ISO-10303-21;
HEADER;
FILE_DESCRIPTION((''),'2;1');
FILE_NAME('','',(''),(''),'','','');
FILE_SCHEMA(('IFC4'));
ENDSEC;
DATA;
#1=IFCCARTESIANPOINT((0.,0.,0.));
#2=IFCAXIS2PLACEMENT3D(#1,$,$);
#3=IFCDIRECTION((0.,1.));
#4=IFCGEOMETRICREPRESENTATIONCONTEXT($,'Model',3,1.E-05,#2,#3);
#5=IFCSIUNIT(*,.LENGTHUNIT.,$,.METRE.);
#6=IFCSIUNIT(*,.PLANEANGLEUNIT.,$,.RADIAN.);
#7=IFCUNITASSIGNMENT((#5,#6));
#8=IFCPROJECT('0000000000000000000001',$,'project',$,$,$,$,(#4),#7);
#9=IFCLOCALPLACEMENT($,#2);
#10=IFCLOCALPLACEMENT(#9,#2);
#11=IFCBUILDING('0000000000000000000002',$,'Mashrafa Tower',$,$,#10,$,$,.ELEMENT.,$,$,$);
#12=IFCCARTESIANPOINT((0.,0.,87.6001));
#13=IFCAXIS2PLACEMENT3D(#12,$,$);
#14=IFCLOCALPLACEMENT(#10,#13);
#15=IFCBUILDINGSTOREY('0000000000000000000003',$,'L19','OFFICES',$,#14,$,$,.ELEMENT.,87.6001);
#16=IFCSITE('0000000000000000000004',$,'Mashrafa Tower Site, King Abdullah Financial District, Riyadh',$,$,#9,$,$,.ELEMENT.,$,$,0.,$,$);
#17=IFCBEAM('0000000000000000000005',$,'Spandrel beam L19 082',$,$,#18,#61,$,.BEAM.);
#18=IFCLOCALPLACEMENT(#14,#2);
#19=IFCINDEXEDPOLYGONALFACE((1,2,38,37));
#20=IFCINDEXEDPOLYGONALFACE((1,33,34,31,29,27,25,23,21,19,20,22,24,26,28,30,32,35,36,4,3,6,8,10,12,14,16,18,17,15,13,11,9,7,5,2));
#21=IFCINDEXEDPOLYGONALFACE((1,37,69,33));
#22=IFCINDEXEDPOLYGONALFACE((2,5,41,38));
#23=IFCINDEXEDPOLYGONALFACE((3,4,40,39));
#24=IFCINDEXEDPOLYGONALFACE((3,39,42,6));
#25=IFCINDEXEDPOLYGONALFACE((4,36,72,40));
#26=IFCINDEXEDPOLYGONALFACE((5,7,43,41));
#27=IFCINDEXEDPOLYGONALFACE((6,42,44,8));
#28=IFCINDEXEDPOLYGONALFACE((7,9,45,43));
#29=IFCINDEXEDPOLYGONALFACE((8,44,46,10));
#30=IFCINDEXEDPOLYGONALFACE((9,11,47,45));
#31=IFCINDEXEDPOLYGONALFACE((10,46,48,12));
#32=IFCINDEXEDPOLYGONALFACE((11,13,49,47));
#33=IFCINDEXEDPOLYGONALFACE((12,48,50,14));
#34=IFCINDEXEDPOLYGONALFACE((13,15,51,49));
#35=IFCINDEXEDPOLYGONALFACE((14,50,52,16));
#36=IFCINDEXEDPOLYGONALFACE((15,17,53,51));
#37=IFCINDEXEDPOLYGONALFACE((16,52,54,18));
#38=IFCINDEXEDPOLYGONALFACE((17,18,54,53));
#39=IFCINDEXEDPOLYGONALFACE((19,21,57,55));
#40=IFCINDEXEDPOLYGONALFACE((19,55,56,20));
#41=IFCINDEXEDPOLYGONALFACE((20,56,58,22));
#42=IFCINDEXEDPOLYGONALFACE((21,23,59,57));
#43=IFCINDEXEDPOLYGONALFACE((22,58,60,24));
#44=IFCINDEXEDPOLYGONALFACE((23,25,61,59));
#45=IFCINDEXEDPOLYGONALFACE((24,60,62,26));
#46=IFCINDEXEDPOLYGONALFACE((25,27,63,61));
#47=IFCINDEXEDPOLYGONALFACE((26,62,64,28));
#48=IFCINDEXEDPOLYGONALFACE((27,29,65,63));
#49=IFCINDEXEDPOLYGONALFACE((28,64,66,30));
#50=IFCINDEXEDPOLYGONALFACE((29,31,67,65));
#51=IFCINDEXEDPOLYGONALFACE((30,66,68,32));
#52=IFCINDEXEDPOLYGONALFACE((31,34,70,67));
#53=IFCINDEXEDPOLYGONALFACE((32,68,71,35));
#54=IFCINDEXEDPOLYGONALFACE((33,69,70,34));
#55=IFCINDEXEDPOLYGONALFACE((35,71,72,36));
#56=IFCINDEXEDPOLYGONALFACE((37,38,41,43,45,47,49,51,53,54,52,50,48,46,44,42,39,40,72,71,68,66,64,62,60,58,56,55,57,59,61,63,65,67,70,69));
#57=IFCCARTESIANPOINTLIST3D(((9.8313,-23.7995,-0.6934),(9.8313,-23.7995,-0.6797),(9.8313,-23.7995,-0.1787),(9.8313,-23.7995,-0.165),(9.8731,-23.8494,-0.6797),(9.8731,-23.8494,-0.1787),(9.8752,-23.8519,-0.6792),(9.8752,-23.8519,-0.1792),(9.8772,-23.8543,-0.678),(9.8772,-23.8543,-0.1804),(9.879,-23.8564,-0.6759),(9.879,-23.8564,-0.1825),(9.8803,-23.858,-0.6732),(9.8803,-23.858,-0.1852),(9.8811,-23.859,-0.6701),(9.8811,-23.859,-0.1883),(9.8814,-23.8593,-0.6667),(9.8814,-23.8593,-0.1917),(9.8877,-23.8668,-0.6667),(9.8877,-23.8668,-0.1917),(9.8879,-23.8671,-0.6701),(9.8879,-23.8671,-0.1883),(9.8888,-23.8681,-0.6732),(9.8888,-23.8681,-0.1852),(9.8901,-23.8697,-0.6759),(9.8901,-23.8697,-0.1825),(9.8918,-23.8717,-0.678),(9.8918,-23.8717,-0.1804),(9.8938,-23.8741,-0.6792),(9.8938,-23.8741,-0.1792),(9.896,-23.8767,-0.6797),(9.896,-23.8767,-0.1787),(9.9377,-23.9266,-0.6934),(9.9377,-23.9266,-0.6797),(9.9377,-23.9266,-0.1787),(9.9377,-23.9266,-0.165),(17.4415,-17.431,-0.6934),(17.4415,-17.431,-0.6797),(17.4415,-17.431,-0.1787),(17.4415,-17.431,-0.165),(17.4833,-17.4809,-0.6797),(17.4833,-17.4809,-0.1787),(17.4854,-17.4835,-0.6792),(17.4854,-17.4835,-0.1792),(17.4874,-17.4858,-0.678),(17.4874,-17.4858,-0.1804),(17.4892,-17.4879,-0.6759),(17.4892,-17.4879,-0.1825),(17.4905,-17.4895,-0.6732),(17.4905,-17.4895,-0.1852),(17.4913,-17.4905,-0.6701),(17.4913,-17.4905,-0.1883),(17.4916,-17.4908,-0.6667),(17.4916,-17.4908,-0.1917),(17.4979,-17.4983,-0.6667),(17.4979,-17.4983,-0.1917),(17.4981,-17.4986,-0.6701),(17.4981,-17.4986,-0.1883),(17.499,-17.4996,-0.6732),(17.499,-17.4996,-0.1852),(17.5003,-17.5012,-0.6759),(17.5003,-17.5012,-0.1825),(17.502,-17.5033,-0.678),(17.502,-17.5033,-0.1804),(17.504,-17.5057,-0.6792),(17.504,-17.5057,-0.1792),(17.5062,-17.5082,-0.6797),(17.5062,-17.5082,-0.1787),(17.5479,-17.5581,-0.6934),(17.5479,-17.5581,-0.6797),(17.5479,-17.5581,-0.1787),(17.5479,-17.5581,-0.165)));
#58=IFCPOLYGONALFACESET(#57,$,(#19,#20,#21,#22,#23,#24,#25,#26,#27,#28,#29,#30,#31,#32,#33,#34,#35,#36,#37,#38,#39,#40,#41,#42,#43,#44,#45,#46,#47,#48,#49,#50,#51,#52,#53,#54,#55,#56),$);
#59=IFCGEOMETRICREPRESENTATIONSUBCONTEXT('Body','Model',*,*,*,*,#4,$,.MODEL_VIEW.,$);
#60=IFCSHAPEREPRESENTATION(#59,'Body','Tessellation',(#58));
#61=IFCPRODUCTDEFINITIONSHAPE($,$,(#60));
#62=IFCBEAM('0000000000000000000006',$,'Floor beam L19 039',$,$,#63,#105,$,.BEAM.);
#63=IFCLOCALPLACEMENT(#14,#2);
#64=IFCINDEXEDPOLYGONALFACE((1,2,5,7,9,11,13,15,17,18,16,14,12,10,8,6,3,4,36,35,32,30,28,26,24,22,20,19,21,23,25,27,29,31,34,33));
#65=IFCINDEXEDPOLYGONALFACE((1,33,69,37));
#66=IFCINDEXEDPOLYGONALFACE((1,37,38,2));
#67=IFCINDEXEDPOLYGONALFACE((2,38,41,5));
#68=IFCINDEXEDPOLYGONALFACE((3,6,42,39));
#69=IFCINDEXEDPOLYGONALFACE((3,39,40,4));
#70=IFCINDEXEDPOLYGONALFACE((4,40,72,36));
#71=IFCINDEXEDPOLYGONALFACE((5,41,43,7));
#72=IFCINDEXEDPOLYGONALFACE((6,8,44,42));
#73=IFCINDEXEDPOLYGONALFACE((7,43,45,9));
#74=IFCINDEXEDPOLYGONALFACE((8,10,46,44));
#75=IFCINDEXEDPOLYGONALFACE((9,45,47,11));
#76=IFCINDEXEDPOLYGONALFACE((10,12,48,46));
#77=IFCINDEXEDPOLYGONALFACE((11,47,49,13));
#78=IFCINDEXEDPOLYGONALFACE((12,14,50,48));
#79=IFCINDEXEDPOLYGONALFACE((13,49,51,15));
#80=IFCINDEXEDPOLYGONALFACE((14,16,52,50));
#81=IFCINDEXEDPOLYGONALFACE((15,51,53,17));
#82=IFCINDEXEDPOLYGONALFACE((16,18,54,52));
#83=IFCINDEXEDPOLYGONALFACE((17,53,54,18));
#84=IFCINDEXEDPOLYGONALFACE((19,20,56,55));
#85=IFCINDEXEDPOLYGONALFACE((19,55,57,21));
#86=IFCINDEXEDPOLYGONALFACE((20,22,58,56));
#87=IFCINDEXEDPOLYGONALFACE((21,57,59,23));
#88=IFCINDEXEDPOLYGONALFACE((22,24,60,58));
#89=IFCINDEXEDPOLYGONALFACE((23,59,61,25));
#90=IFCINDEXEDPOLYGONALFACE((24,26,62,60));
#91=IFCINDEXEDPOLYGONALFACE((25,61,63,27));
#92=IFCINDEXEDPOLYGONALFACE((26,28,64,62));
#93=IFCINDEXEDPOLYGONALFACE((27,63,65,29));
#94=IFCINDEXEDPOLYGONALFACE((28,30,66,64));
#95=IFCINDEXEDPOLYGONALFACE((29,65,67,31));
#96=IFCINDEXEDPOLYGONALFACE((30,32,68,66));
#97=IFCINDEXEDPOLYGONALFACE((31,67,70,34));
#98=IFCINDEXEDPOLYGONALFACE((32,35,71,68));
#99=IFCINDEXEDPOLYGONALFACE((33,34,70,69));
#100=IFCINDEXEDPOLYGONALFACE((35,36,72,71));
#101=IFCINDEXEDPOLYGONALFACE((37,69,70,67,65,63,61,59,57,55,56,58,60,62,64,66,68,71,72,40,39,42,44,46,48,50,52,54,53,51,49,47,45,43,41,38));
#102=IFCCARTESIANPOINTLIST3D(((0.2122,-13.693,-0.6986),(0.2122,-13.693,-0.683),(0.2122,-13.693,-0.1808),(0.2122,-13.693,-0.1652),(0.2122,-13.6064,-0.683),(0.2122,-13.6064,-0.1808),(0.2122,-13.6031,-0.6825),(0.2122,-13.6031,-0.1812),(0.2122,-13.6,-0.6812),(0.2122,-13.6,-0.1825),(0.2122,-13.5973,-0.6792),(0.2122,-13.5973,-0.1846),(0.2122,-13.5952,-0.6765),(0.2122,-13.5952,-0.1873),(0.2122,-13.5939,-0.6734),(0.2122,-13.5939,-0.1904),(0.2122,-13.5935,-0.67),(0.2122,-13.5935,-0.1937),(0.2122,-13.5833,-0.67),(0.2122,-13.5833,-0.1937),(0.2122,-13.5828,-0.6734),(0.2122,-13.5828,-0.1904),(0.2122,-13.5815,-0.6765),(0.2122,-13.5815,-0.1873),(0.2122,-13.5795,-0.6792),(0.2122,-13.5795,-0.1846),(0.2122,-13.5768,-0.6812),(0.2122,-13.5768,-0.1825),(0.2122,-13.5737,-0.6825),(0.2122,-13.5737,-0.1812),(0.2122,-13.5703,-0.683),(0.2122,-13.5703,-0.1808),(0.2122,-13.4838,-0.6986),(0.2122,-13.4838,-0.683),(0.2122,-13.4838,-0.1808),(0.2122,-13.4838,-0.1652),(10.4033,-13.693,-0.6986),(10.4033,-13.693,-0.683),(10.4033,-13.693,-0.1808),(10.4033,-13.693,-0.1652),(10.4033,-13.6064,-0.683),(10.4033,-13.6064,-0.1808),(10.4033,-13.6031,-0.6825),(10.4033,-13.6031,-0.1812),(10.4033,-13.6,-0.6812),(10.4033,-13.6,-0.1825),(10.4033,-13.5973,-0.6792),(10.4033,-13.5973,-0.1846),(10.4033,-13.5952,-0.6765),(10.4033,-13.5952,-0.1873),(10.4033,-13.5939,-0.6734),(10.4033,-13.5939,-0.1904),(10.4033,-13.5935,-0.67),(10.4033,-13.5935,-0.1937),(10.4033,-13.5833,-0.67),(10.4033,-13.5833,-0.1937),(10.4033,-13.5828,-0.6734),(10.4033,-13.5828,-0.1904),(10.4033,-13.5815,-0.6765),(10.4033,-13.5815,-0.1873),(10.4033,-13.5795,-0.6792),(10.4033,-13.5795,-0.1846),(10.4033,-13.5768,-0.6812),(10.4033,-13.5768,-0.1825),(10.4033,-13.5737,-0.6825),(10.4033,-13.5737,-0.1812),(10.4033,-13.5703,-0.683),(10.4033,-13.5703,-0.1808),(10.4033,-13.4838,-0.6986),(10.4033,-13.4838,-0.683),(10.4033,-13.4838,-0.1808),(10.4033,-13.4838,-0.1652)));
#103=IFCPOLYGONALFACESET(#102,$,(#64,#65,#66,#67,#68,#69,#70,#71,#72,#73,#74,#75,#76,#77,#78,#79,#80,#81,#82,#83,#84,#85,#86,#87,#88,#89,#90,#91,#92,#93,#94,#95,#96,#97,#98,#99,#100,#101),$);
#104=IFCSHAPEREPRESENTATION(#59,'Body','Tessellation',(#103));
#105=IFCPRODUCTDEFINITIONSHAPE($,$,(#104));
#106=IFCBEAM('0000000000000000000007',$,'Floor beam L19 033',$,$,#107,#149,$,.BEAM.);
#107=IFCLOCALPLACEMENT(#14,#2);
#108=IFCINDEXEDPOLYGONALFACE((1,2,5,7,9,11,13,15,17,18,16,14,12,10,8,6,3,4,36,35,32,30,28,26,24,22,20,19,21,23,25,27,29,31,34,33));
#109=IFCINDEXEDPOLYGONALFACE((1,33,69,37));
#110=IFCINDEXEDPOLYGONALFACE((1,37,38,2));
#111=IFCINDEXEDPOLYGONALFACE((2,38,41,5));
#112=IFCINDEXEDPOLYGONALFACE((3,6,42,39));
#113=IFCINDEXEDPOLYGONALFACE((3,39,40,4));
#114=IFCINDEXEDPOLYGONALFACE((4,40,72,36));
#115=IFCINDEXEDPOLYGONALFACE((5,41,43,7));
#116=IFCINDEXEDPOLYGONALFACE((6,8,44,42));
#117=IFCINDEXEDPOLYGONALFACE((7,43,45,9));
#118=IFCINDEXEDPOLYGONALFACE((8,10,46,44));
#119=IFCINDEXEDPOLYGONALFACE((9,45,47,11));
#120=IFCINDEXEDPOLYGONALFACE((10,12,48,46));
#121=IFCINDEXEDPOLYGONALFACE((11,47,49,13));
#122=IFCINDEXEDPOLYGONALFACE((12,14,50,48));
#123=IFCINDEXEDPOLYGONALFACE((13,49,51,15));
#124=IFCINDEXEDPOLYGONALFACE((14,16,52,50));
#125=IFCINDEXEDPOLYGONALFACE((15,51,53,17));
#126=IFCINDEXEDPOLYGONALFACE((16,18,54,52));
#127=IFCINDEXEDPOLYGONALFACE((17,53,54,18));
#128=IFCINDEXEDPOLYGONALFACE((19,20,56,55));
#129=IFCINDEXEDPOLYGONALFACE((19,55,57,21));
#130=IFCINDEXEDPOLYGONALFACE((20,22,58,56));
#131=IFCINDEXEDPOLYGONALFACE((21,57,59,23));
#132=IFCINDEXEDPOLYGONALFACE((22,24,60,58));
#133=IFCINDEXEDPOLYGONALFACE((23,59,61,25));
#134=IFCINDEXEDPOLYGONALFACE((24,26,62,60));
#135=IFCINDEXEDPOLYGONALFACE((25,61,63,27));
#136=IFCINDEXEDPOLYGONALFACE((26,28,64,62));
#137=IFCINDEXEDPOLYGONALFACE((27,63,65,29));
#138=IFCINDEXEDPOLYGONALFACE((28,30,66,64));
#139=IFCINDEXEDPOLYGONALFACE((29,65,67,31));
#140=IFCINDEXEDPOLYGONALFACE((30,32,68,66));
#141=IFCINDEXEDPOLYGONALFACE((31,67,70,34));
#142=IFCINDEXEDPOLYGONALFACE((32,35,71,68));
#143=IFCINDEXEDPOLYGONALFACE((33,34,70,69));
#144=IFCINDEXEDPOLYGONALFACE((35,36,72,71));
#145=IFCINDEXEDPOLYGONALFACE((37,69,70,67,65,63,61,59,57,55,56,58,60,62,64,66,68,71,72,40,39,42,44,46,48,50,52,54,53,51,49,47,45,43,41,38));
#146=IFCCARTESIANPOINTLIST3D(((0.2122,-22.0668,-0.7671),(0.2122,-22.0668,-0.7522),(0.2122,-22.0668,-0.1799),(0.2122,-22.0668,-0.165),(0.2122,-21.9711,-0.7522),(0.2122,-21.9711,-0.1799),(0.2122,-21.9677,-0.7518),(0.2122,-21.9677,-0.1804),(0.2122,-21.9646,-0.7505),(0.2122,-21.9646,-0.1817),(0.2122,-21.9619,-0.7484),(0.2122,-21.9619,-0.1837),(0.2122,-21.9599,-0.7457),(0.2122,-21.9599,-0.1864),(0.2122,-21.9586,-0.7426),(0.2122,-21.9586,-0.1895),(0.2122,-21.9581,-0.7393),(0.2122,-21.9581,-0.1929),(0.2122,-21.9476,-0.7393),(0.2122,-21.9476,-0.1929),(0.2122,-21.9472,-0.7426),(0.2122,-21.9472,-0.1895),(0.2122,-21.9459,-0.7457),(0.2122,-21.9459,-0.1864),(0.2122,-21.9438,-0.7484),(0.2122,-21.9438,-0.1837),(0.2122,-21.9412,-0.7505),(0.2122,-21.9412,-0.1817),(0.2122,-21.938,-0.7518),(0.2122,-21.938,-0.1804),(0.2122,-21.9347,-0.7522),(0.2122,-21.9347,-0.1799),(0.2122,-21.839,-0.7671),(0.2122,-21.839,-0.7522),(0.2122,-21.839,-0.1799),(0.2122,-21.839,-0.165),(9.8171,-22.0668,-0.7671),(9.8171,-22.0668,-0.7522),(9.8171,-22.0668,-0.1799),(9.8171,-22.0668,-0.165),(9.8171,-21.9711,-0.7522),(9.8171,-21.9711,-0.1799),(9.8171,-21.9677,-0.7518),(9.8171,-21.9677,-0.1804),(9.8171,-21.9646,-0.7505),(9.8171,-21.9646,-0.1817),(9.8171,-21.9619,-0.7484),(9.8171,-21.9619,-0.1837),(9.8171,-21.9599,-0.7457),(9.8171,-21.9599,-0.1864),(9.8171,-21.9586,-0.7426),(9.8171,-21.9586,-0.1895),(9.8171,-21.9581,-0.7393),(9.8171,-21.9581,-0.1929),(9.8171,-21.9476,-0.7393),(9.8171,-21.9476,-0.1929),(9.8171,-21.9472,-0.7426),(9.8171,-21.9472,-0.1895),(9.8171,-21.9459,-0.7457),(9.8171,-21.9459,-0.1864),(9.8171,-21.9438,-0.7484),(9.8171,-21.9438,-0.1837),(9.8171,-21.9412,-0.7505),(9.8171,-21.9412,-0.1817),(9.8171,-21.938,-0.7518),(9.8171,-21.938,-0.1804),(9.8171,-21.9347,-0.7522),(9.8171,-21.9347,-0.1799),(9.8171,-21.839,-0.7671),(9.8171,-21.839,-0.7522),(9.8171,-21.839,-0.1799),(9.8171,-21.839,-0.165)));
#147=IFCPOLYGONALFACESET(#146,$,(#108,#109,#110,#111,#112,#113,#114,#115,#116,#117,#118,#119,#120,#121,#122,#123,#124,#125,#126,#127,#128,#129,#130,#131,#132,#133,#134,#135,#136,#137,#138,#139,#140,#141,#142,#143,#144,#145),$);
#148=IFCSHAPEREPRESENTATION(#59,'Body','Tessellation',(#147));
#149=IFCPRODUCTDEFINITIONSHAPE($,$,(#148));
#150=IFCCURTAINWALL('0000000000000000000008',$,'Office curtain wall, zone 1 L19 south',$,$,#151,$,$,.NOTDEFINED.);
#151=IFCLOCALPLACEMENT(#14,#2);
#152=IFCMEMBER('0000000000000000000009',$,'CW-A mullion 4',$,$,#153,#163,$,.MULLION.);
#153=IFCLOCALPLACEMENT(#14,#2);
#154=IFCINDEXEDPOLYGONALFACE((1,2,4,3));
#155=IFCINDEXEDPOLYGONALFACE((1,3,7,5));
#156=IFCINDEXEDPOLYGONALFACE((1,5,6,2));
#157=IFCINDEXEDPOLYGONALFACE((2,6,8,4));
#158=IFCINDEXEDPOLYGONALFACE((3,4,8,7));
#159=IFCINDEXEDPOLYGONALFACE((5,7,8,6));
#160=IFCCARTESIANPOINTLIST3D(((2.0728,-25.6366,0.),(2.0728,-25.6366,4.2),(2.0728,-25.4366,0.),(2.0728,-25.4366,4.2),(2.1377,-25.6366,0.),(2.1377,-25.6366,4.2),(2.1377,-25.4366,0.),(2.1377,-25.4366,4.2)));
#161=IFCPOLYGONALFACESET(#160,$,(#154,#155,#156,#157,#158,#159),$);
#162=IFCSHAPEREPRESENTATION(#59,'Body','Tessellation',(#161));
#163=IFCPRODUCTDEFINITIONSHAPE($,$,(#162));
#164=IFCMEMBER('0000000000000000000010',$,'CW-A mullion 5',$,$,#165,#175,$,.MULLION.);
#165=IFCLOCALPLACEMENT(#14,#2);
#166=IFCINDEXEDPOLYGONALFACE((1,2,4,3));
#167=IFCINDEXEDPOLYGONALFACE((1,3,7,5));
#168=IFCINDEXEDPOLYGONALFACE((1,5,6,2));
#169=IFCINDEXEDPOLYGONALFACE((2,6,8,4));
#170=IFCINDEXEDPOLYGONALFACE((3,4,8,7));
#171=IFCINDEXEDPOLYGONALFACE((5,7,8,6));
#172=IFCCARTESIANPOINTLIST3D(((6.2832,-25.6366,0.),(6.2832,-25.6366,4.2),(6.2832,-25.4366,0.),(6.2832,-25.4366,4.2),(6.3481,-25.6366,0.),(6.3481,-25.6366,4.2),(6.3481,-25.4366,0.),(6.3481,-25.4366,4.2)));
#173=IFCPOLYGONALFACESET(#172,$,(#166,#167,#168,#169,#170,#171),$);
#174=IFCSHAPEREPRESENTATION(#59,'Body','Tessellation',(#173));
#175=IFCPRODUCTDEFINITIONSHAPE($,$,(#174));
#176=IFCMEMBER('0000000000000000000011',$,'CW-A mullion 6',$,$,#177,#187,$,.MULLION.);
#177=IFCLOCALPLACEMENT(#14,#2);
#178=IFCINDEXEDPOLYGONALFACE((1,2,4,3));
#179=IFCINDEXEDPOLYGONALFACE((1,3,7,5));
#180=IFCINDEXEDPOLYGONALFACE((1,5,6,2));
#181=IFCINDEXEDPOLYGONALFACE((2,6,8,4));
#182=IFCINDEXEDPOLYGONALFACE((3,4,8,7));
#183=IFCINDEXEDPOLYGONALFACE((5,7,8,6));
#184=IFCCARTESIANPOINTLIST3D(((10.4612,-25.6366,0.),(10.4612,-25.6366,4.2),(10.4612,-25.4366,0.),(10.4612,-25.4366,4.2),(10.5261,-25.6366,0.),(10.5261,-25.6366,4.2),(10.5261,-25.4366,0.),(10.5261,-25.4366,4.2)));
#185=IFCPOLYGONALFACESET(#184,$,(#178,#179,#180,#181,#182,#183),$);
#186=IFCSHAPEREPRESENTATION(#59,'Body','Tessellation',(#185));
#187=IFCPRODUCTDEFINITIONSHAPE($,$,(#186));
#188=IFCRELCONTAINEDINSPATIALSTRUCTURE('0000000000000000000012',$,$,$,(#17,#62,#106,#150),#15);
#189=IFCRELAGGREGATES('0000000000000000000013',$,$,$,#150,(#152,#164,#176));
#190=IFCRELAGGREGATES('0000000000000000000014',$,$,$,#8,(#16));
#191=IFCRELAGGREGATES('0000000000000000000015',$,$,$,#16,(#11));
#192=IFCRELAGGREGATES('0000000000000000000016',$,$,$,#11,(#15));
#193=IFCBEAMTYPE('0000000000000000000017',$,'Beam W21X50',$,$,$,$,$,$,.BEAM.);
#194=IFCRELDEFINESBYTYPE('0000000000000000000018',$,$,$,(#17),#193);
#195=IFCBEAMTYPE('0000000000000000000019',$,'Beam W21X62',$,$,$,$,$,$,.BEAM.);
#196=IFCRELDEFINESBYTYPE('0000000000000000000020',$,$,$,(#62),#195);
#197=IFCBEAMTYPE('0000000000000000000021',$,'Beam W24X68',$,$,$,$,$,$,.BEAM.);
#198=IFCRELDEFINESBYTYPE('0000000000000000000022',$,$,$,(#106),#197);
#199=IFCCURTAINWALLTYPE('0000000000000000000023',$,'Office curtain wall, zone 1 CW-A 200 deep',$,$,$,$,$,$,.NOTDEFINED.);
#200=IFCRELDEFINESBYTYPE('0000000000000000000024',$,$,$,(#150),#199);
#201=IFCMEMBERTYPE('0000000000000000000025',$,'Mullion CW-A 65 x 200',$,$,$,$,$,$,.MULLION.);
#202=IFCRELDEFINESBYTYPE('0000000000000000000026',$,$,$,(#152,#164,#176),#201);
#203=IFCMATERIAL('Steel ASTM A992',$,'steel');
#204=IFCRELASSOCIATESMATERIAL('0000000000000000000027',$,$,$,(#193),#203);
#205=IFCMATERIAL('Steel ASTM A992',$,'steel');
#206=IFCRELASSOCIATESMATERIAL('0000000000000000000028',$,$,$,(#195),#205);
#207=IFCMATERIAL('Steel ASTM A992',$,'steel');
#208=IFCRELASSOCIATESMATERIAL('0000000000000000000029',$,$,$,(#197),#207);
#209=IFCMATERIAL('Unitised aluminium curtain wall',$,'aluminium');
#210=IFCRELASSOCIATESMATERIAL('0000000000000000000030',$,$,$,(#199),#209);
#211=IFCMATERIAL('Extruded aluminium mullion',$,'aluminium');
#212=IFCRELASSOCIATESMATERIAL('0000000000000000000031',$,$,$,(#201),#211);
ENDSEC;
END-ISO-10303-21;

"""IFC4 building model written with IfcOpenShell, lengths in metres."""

from ifc_helpers import new_model, si_unit, direction, frame, origin, origin_2d, place, context, subcontext, project, spatial, rectangle, i_section, extrude, source, transform, mapped, material, material_profile, profile_set, type_object, type_shapes, element, aggregate, save


model = new_model("IFC4")

# Units and contexts
model_context = context("Model", 3, precision=1e-05, world=origin(), true_north=direction((0.0, 1.0)))
body_context = subcontext(model_context, "Body", "Model", "MODEL_VIEW")
ifc_project = project(units=[si_unit("LENGTHUNIT", "METRE"), si_unit("PLANEANGLEUNIT", "RADIAN")], contexts=[model_context])

# Site, building, storey
site_placement = place(None, origin())
site = spatial("IfcSite", under=ifc_project, at=site_placement, Name="Mashrafa Tower Site, King Abdullah Financial District, Riyadh", CompositionType="ELEMENT", RefElevation=0.0)
building_placement = place(site_placement, origin())
building = spatial("IfcBuilding", under=site, at=building_placement, Name="Mashrafa Tower", CompositionType="ELEMENT")
storey_placement = place(building_placement, frame((0.0, 0.0, 87.6001)))
storey = spatial("IfcBuildingStorey", under=building, at=storey_placement, Name="L19", Description="OFFICES", CompositionType="ELEMENT", Elevation=87.6001)

# Beams
ifc_material_1 = material(Name="Steel ASTM A992", Category="steel")
ifc_material_profile_1 = material_profile(ifc_material_1, i_section(OverallWidth=0.1658, OverallDepth=0.5283, WebThickness=0.0098, FlangeThickness=0.0137, FilletRadius=0.0129, at=origin_2d()), Name="W21X50")
ifc_profile_set_1 = profile_set([ifc_material_profile_1], Name="Steel ASTM A992")
beam_type_1 = type_object("IfcBeamType", Name="Beam W21X50", PredefinedType="BEAM", material=ifc_profile_set_1)
for number, where, z_axis, x_axis, name in (
    (1, (9.8845, -23.863, -0.4292), (0.766899, 0.641768, 0.0), (-0.641768, 0.766899, 0.0), "Spandrel beam L19 082"),
):
    element("IfcBeam", number, at=place(storey_placement, frame(where, z_axis=z_axis, x_axis=x_axis)), inside=storey, type_object=beam_type_1, Name=name, PredefinedType="BEAM", context=body_context, shape_type="SweptSolid", body=[
        extrude(i_section(OverallWidth=0.1658, OverallDepth=0.5283, WebThickness=0.0098, FlangeThickness=0.0137, FilletRadius=0.0129, at=origin_2d()), origin(), (0.0, 0.0, 1.0), 9.9233),
    ])
ifc_material_2 = material(Name="Steel ASTM A992", Category="steel")
ifc_material_profile_2 = material_profile(ifc_material_2, i_section(OverallWidth=0.2092, OverallDepth=0.5334, WebThickness=0.0103, FlangeThickness=0.0156, FilletRadius=0.0129, at=origin_2d()), Name="W21X62")
ifc_profile_set_2 = profile_set([ifc_material_profile_2], Name="Steel ASTM A992")
beam_type_2 = type_object("IfcBeamType", Name="Beam W21X62", PredefinedType="BEAM", material=ifc_profile_set_2)
beam_1_placement = place(storey_placement, frame((10.4033, -13.5884, -0.4319), z_axis=(-1.0, 0.0, 0.0), x_axis=(0.0, -1.0, 0.0)))
element("IfcBeam", 2, at=beam_1_placement, inside=storey, type_object=beam_type_2, Name="Floor beam L19 039", PredefinedType="BEAM", context=body_context, shape_type="SweptSolid", body=[
    extrude(i_section(OverallWidth=0.2092, OverallDepth=0.5334, WebThickness=0.0103, FlangeThickness=0.0156, FilletRadius=0.0129, at=origin_2d()), origin(), (0.0, 0.0, 1.0), 10.1912),
])
ifc_material_3 = material(Name="Steel ASTM A992", Category="steel")
ifc_material_profile_3 = material_profile(ifc_material_3, i_section(OverallWidth=0.2278, OverallDepth=0.6021, WebThickness=0.0105, FlangeThickness=0.0149, FilletRadius=0.0129, at=origin_2d()), Name="W24X68")
ifc_profile_set_3 = profile_set([ifc_material_profile_3], Name="Steel ASTM A992")
beam_type_3 = type_object("IfcBeamType", Name="Beam W24X68", PredefinedType="BEAM", material=ifc_profile_set_3)
beam_2_placement = place(storey_placement, frame((9.8171, -21.9529, -0.4661), z_axis=(-1.0, 0.0, 0.0), x_axis=(0.0, -1.0, 0.0)))
element("IfcBeam", 3, at=beam_2_placement, inside=storey, type_object=beam_type_3, Name="Floor beam L19 033", PredefinedType="BEAM", context=body_context, shape_type="SweptSolid", body=[
    extrude(i_section(OverallWidth=0.2278, OverallDepth=0.6021, WebThickness=0.0105, FlangeThickness=0.0149, FilletRadius=0.0129, at=origin_2d()), origin(), (0.0, 0.0, 1.0), 9.605),
])

# Curtain wall, members
ifc_material_4 = material(Name="Unitised aluminium curtain wall", Category="aluminium")
curtain_wall_type = type_object("IfcCurtainWallType", Name="Office curtain wall, zone 1 CW-A 200 deep", PredefinedType="NOTDEFINED", material=ifc_material_4)
curtain_wall_1_placement = place(storey_placement, origin())
curtain_wall_1 = element("IfcCurtainWall", 4, at=curtain_wall_1_placement, inside=storey, type_object=curtain_wall_type, Name="Office curtain wall, zone 1 L19 south", PredefinedType="NOTDEFINED")
ifc_material_5 = material(Name="Extruded aluminium mullion", Category="aluminium")
ifc_material_profile_4 = material_profile(ifc_material_5, rectangle(XDim=0.2, YDim=0.0649, at=origin_2d()), Name="Mullion 65x200")
ifc_profile_set_4 = profile_set([ifc_material_profile_4], Name="Extruded aluminium mullion")
member_type_1 = type_object("IfcMemberType", Name="Mullion CW-A 65 x 200", PredefinedType="MULLION", material=ifc_profile_set_4)
shared_shape_1 = source(origin(), body_context, "Body", "SweptSolid", [
    extrude(rectangle(XDim=0.2, YDim=0.0649, at=origin_2d()), origin(), (0.0, 0.0, 1.0), 4.2),
])
type_shapes(member_type_1, [shared_shape_1])
member_1_placement = place(storey_placement, frame((2.1052, -25.5366, 0.0), z_axis=(0.0, 0.0, 1.0), x_axis=(0.0, 1.0, 0.0)))
member_1 = element("IfcMember", 5, at=member_1_placement, type_object=member_type_1, Name="CW-A mullion 4", PredefinedType="MULLION", context=body_context, shape_type="MappedRepresentation", body=[
    mapped(shared_shape_1, transform((0.0, 0.0, 0.0))),
])
member_2_placement = place(storey_placement, frame((6.3157, -25.5366, 0.0), z_axis=(0.0, 0.0, 1.0), x_axis=(0.0, 1.0, 0.0)))
member_2 = element("IfcMember", 6, at=member_2_placement, type_object=member_type_1, Name="CW-A mullion 5", PredefinedType="MULLION", context=body_context, shape_type="MappedRepresentation", body=[
    mapped(shared_shape_1, transform((0.0, 0.0, 0.0))),
])
member_3_placement = place(storey_placement, frame((10.4937, -25.5366, 0.0), z_axis=(0.0, 0.0, 1.0), x_axis=(0.0, 1.0, 0.0)))
member_3 = element("IfcMember", 7, at=member_3_placement, type_object=member_type_1, Name="CW-A mullion 6", PredefinedType="MULLION", context=body_context, shape_type="MappedRepresentation", body=[
    mapped(shared_shape_1, transform((0.0, 0.0, 0.0))),
])

aggregate(curtain_wall_1, [member_1, member_2, member_3])

save(model, "model.ifc")
